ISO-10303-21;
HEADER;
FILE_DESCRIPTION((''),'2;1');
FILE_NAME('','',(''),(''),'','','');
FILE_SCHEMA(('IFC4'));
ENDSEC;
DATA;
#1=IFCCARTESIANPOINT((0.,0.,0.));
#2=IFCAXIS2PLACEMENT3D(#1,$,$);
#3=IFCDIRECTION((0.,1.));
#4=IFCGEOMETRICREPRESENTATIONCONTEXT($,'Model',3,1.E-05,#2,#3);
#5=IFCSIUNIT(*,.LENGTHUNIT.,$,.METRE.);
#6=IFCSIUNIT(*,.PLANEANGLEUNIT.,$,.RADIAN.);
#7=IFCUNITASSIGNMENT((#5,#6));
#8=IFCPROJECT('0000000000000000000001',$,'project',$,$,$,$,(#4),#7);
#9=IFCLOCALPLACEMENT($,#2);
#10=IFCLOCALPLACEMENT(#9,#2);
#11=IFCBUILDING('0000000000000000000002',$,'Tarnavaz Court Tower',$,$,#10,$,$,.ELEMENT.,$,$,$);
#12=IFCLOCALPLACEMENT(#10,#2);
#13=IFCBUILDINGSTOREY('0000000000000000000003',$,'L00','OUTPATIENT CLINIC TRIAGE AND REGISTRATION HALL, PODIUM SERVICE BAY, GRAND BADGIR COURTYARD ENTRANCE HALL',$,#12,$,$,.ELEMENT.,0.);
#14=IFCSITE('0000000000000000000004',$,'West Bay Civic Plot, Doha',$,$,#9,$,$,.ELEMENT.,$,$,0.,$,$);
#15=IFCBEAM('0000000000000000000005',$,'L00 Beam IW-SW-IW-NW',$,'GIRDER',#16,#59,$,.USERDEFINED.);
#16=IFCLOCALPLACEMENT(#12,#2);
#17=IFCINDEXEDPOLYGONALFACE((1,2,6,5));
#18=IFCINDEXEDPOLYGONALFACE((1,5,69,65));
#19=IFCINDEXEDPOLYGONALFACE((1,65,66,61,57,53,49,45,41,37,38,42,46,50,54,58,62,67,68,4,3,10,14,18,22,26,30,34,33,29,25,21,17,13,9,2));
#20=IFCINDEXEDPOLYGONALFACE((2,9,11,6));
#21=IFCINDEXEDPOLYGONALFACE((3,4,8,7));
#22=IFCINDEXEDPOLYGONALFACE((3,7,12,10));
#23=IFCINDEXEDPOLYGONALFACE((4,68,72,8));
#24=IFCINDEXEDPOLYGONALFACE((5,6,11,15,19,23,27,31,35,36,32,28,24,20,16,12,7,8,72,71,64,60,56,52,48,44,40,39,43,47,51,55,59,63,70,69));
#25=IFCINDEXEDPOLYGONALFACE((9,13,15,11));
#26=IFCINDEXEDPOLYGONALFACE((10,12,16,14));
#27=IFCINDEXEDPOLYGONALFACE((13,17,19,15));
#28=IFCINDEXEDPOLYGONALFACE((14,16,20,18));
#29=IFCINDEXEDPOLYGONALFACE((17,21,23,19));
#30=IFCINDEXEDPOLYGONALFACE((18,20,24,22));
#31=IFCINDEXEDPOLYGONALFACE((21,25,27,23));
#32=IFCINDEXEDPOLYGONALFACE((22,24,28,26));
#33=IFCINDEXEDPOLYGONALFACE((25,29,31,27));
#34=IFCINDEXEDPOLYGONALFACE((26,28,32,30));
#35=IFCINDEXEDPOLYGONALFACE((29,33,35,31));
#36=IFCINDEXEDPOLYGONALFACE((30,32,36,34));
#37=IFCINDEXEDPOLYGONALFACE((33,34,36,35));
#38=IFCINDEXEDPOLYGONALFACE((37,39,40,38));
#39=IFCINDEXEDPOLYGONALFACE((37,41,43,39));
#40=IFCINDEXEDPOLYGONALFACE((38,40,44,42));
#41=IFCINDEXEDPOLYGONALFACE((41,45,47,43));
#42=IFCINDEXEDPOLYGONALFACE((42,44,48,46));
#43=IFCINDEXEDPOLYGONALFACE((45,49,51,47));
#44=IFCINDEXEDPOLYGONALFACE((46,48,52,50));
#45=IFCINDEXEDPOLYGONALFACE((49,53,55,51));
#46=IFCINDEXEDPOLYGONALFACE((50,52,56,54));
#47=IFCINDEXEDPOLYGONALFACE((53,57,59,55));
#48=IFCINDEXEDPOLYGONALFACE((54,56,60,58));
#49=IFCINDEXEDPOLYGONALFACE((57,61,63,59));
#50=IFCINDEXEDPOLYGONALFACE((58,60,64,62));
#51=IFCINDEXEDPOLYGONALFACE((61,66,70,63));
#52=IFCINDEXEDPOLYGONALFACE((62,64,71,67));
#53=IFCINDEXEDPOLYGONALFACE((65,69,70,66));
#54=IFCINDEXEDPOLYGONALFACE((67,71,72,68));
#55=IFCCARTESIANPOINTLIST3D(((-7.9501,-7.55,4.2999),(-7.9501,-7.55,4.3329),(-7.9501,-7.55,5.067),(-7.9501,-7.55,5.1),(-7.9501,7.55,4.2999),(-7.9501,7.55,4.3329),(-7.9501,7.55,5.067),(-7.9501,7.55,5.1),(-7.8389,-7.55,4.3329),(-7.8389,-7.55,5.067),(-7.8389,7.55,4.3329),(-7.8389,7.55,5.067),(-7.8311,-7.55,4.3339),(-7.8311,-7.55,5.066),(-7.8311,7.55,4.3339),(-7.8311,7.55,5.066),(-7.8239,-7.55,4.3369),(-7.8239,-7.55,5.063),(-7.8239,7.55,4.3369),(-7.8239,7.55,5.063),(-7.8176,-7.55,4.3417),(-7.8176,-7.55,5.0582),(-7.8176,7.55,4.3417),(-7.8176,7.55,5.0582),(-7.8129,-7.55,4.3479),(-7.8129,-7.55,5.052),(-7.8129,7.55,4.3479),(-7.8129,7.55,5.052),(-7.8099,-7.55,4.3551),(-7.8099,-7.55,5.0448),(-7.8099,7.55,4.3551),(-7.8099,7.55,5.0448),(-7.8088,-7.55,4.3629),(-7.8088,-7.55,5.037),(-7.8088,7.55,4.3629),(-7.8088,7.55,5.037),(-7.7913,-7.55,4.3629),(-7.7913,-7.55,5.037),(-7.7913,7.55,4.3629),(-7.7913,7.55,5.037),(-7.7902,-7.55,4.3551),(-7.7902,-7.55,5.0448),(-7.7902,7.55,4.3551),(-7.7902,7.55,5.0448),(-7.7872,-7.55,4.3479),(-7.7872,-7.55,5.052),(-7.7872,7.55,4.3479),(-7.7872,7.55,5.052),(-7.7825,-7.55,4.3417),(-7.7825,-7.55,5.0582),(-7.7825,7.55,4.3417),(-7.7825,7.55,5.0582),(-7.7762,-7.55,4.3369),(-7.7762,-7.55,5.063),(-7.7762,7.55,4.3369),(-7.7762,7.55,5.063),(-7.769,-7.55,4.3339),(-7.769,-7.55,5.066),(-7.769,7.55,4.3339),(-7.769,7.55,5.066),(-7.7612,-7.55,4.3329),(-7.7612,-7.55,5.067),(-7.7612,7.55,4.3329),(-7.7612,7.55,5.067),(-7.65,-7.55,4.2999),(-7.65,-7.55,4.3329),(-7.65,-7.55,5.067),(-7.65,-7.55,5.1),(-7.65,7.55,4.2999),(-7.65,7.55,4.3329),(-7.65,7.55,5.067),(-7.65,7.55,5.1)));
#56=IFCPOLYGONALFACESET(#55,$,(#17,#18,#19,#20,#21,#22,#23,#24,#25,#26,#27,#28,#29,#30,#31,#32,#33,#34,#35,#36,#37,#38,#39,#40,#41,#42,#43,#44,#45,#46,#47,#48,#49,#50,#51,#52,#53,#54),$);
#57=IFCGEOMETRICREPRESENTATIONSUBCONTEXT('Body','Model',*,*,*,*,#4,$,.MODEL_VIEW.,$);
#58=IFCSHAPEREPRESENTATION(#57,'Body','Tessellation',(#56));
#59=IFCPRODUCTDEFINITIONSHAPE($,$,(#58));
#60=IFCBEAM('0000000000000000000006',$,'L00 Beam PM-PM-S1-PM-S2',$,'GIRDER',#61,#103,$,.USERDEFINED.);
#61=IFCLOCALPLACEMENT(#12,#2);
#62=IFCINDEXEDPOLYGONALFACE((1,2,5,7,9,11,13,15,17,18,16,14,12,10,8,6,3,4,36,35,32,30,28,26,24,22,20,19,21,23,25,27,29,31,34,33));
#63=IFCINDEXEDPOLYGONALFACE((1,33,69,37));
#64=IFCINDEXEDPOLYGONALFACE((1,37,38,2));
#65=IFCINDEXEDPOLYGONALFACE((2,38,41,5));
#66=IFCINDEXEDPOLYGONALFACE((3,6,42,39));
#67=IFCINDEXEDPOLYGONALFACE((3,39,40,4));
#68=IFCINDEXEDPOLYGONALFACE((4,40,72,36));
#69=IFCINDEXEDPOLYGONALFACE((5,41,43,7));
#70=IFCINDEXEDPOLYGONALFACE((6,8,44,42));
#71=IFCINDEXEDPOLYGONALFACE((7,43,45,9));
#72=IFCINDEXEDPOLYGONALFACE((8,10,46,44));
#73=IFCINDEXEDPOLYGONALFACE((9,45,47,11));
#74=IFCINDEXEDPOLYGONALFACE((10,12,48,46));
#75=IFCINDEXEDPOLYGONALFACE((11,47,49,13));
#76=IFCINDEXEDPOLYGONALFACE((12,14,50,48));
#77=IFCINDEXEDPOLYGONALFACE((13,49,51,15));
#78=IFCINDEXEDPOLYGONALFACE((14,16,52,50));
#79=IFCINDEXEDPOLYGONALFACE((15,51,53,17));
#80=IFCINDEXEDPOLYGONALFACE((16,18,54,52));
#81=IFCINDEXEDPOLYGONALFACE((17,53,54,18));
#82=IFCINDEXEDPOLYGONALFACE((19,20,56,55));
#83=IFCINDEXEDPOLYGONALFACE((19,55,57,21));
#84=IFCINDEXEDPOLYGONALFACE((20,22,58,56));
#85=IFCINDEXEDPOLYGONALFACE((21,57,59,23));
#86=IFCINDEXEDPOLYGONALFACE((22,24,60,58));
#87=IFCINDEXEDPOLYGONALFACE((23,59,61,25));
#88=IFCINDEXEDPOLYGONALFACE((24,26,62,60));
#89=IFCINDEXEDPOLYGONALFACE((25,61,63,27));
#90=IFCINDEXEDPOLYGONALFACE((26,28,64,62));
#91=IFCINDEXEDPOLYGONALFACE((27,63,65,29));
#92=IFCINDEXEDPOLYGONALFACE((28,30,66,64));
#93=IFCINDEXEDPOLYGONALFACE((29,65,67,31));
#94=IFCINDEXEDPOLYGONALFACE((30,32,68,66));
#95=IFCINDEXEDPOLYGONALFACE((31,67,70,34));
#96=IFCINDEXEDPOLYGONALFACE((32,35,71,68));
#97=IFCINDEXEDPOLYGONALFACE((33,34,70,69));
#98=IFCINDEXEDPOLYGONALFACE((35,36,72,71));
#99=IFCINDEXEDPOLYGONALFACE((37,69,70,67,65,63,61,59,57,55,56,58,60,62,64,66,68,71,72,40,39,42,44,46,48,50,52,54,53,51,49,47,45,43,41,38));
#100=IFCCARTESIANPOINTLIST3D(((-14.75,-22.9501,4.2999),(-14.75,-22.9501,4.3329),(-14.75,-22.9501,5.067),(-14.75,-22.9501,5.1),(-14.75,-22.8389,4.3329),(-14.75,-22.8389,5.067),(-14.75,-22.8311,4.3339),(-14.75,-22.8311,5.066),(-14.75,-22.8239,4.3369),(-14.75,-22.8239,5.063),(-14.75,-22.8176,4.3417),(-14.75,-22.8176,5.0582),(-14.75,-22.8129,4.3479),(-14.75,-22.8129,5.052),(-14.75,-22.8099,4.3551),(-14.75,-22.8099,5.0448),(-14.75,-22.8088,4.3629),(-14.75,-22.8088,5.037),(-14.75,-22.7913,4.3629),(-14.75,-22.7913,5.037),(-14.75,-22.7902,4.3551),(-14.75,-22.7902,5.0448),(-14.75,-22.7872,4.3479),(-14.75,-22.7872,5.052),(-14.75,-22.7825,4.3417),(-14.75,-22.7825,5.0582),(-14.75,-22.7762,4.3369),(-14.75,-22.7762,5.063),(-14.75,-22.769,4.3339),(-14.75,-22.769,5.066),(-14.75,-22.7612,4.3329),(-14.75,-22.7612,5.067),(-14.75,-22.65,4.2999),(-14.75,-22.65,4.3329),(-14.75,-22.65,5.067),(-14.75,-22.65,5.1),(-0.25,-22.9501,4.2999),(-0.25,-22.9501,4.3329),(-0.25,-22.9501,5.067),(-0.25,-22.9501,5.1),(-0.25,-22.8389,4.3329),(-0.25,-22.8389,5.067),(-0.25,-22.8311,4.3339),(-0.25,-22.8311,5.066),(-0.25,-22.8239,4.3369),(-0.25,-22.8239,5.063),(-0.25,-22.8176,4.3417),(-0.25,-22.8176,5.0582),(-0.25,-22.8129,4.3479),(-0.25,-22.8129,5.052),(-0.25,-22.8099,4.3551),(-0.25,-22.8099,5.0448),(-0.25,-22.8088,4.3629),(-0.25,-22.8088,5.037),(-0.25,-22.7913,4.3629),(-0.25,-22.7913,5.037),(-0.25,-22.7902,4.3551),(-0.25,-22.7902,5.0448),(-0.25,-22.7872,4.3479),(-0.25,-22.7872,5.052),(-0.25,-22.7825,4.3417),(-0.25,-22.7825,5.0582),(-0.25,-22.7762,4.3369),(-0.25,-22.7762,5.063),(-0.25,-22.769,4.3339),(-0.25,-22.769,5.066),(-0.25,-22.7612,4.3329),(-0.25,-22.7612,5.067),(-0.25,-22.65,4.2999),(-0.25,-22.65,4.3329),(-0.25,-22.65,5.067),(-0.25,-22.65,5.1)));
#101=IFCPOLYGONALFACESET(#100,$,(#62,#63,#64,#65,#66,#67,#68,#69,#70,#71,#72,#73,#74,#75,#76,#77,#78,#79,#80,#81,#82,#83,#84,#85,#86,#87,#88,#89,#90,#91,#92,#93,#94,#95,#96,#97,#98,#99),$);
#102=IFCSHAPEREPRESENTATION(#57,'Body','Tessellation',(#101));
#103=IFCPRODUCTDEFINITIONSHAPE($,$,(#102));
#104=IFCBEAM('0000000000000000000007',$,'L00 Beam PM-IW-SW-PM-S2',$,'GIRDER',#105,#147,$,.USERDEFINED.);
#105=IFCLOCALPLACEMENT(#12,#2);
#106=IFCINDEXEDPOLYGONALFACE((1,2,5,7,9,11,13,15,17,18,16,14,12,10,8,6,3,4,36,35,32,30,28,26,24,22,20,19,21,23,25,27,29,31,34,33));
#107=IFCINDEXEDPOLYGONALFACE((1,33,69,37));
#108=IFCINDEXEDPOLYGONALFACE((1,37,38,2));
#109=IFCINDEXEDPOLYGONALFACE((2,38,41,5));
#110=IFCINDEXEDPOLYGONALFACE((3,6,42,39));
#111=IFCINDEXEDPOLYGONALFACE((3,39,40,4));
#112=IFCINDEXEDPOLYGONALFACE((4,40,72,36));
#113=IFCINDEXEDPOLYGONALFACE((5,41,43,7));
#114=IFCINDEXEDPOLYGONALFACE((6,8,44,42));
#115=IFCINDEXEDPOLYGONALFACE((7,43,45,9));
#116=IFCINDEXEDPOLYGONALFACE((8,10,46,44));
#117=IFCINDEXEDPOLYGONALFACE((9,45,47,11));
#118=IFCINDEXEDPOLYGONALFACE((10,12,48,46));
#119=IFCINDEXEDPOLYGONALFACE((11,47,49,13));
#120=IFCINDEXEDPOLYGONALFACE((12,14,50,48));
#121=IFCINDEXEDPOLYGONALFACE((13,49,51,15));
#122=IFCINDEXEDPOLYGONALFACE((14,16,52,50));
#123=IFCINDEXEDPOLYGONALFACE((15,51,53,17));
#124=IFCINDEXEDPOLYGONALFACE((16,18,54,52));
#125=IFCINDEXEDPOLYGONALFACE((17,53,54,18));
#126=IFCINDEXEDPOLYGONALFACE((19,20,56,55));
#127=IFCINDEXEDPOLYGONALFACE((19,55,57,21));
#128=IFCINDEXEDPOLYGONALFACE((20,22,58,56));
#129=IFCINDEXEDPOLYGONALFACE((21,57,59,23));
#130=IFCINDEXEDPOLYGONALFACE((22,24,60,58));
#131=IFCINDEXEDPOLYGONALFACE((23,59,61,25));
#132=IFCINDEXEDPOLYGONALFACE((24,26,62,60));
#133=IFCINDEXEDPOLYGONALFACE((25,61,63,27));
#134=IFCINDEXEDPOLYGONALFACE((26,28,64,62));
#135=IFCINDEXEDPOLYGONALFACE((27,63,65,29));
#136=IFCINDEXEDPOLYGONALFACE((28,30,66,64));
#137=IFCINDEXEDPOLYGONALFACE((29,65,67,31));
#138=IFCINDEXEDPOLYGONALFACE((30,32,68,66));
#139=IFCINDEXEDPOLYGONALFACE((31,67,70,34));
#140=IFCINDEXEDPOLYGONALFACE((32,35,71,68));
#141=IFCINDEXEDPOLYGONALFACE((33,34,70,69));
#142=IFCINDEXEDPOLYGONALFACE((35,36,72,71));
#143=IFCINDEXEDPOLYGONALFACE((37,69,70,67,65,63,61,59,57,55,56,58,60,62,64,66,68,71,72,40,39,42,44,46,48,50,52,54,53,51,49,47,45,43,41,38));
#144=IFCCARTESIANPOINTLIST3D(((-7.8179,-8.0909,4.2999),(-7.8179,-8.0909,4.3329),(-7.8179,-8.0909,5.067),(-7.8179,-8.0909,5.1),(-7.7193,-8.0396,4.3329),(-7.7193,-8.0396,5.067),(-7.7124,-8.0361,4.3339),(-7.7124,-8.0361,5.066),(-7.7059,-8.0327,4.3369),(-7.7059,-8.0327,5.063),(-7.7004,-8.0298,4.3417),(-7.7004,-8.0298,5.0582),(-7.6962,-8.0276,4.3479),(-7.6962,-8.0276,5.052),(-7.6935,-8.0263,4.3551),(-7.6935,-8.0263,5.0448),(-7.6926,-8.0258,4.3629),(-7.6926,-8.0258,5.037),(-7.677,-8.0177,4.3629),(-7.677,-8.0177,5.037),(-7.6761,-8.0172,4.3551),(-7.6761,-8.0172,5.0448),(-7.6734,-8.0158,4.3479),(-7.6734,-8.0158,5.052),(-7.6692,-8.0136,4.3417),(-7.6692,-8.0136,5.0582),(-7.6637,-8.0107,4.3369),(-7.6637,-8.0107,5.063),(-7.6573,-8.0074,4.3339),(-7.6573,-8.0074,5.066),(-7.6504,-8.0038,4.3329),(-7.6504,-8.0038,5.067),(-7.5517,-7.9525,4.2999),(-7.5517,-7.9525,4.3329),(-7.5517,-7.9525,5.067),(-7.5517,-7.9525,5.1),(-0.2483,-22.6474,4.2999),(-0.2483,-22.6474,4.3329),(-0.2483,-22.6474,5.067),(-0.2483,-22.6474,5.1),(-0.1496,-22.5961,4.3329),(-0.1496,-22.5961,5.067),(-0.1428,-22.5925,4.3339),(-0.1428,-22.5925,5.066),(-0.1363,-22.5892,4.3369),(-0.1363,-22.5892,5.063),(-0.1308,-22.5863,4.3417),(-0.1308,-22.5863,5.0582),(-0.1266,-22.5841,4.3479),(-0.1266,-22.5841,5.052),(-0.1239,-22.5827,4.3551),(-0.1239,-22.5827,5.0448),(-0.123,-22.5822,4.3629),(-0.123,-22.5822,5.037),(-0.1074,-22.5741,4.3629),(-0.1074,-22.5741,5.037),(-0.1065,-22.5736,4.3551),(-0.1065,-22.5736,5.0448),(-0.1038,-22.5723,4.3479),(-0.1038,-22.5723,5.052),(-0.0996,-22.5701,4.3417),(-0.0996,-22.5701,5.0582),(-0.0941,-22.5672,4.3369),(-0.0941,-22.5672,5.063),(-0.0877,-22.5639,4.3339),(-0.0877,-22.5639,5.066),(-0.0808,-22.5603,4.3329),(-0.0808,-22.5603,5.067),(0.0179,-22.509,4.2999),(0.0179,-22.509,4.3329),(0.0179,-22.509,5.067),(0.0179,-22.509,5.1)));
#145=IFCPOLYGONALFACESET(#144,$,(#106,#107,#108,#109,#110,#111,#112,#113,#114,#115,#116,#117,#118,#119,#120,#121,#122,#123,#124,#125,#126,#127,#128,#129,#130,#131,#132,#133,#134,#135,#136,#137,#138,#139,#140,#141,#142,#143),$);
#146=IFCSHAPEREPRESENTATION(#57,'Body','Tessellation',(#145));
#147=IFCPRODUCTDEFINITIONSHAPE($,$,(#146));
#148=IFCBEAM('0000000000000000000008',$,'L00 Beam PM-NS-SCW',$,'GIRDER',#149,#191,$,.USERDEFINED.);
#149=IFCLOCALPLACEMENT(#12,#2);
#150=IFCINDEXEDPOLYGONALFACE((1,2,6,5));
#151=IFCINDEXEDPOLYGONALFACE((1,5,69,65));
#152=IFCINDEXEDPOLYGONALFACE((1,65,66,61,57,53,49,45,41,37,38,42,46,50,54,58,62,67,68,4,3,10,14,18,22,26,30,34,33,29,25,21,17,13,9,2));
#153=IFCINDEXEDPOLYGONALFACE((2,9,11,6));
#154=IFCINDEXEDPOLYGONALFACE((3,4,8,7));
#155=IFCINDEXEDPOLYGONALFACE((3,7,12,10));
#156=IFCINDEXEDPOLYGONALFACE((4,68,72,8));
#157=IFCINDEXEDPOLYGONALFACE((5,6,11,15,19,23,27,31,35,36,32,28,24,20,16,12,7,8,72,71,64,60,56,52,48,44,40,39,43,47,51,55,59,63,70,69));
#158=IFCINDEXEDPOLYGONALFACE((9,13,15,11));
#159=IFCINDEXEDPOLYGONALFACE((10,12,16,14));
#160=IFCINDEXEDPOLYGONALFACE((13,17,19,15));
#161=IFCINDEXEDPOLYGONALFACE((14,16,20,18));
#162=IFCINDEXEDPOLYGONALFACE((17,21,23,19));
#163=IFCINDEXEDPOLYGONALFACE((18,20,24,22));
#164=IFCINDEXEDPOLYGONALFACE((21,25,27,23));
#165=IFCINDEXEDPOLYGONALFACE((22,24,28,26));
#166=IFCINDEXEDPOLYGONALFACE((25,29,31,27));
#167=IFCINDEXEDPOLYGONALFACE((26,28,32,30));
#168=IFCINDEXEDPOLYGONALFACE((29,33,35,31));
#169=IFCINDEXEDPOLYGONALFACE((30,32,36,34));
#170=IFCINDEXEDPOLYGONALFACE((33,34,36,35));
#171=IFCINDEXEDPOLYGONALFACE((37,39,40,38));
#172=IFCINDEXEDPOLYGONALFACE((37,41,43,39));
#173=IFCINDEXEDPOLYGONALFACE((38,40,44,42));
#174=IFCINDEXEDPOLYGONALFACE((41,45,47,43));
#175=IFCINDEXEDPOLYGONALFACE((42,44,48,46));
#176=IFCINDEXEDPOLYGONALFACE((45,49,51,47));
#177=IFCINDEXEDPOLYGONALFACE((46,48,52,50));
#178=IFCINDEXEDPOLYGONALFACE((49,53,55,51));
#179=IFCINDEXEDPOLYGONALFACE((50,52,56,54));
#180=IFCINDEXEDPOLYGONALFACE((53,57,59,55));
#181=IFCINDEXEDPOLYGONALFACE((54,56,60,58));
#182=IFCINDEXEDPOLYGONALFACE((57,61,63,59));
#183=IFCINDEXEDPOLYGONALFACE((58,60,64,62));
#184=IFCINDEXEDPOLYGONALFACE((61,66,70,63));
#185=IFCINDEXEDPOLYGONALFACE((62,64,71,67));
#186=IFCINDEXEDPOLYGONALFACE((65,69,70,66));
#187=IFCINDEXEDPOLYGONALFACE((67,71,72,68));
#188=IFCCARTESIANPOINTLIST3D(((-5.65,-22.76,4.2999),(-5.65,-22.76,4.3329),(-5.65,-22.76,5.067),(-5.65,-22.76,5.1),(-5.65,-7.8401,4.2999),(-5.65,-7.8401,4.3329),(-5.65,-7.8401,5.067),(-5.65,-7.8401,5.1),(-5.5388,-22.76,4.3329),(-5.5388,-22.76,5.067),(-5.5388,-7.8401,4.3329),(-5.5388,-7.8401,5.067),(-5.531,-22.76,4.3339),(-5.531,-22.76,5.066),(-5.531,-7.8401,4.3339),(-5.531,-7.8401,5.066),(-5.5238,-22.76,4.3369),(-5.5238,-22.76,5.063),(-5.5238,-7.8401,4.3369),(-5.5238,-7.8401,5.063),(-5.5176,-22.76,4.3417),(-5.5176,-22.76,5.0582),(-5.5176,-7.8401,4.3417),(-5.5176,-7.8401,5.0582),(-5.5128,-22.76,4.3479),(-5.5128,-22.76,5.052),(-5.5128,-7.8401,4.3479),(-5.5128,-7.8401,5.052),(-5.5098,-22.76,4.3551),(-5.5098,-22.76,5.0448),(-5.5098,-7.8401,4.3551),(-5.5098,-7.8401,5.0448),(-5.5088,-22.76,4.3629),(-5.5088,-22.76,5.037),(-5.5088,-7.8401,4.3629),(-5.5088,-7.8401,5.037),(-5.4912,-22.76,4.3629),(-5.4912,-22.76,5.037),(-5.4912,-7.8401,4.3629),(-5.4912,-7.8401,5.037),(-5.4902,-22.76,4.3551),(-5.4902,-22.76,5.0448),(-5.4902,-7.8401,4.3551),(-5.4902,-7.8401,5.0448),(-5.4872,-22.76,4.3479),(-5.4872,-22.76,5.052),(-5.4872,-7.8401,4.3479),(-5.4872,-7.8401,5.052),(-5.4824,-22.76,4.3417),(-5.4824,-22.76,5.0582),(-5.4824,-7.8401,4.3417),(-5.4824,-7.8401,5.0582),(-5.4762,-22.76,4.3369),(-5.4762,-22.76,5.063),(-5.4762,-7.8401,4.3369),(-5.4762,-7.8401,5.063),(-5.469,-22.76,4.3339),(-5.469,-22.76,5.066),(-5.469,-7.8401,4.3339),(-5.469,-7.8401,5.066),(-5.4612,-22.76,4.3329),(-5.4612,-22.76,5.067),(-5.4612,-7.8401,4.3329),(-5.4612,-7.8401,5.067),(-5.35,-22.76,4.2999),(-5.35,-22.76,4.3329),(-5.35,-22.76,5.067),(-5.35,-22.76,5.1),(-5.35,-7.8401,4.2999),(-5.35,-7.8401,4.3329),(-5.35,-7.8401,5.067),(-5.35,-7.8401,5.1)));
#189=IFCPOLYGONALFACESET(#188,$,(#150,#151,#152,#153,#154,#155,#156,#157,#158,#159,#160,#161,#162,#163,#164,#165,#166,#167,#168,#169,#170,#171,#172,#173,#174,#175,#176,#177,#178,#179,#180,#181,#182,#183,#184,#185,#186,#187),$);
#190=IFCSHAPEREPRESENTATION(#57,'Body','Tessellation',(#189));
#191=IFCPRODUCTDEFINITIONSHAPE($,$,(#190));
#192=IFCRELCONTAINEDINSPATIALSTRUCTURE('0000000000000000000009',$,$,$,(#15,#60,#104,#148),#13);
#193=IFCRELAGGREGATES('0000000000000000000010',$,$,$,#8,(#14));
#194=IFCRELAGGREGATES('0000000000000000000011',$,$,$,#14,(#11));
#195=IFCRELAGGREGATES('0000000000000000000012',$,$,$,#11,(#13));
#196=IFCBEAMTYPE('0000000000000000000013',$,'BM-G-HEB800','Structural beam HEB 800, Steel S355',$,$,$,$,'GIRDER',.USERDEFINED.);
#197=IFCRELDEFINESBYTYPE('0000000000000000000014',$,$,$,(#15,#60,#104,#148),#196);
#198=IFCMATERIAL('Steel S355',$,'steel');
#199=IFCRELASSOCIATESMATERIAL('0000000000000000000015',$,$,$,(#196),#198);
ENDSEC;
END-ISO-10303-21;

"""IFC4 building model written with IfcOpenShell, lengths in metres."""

from ifc_helpers import new_model, si_unit, direction, frame, origin, origin_2d, place, context, subcontext, project, spatial, i_section, extrude, material, material_profile, profile_set, type_object, element, save


model = new_model("IFC4")

# Units and contexts
model_context = context("Model", 3, precision=1e-05, world=origin(), true_north=direction((0.0, 1.0)))
body_context = subcontext(model_context, "Body", "Model", "MODEL_VIEW")
ifc_project = project(units=[si_unit("LENGTHUNIT", "METRE"), si_unit("PLANEANGLEUNIT", "RADIAN")], contexts=[model_context])

# Site, building, storey
site_placement = place(None, origin())
site = spatial("IfcSite", under=ifc_project, at=site_placement, Name="West Bay Civic Plot, Doha", CompositionType="ELEMENT", RefElevation=0.0)
building_placement = place(site_placement, origin())
building = spatial("IfcBuilding", under=site, at=building_placement, Name="Tarnavaz Court Tower", CompositionType="ELEMENT")
storey_placement = place(building_placement, origin())
storey = spatial("IfcBuildingStorey", under=building, at=storey_placement, Name="L00", Description="OUTPATIENT CLINIC TRIAGE AND REGISTRATION HALL, PODIUM SERVICE BAY, GRAND BADGIR COURTYARD ENTRANCE HALL", CompositionType="ELEMENT", Elevation=0.0)

# Beams
ifc_material_1 = material(Name="Steel S355", Category="steel")
ifc_material_profile_1 = material_profile(ifc_material_1, i_section(OverallWidth=0.3, OverallDepth=0.8, WebThickness=0.0176, FlangeThickness=0.033, FilletRadius=0.03, at=origin_2d()), Name="HEB 800")
ifc_profile_set_1 = profile_set([ifc_material_profile_1], Name="Steel S355")
beam_type_1 = type_object("IfcBeamType", Name="BM-G-HEB800", Description="Structural beam HEB 800, Steel S355", ElementType="GIRDER", PredefinedType="USERDEFINED", material=ifc_profile_set_1)
for number, where, z_axis, x_axis, name in (
    (1, (-7.8, -7.55, 4.7), (0.0, 1.0, 0.0), (-1.0, 0.0, 0.0), "L00 Beam IW-SW-IW-NW"),
):
    element("IfcBeam", number, at=place(storey_placement, frame(where, z_axis=z_axis, x_axis=x_axis)), inside=storey, type_object=beam_type_1, Name=name, ObjectType="GIRDER", PredefinedType="USERDEFINED", context=body_context, shape_type="SweptSolid", body=[
        extrude(i_section(OverallWidth=0.3, OverallDepth=0.8, WebThickness=0.0176, FlangeThickness=0.033, FilletRadius=0.03, at=origin_2d()), origin(), (0.0, 0.0, 1.0), 15.1001),
    ])
beam_1_placement = place(storey_placement, frame((-14.75, -22.8, 4.7), z_axis=(1.0, 0.0, 0.0), x_axis=(0.0, 1.0, 0.0)))
element("IfcBeam", 2, at=beam_1_placement, inside=storey, type_object=beam_type_1, Name="L00 Beam PM-PM-S1-PM-S2", ObjectType="GIRDER", PredefinedType="USERDEFINED", context=body_context, shape_type="SweptSolid", body=[
    extrude(i_section(OverallWidth=0.3, OverallDepth=0.8, WebThickness=0.0176, FlangeThickness=0.033, FilletRadius=0.03, at=origin_2d()), origin(), (0.0, 0.0, 1.0), 14.5),
])
beam_2_placement = place(storey_placement, frame((-7.6848, -8.0217, 4.7), z_axis=(0.461365, -0.88721, 0.0), x_axis=(0.88721, 0.461365, 0.0)))
element("IfcBeam", 3, at=beam_2_placement, inside=storey, type_object=beam_type_1, Name="L00 Beam PM-IW-SW-PM-S2", ObjectType="GIRDER", PredefinedType="USERDEFINED", context=body_context, shape_type="SweptSolid", body=[
    extrude(i_section(OverallWidth=0.3, OverallDepth=0.8, WebThickness=0.0176, FlangeThickness=0.033, FilletRadius=0.03, at=origin_2d()), origin(), (0.0, 0.0, 1.0), 16.407),
])
beam_3_placement = place(storey_placement, frame((-5.5, -7.8401, 4.7), z_axis=(0.0, -1.0, 0.0), x_axis=(1.0, 0.0, 0.0)))
element("IfcBeam", 4, at=beam_3_placement, inside=storey, type_object=beam_type_1, Name="L00 Beam PM-NS-SCW", ObjectType="GIRDER", PredefinedType="USERDEFINED", context=body_context, shape_type="SweptSolid", body=[
    extrude(i_section(OverallWidth=0.3, OverallDepth=0.8, WebThickness=0.0176, FlangeThickness=0.033, FilletRadius=0.03, at=origin_2d()), origin(), (0.0, 0.0, 1.0), 14.9199),
])

save(model, "model.ifc")
